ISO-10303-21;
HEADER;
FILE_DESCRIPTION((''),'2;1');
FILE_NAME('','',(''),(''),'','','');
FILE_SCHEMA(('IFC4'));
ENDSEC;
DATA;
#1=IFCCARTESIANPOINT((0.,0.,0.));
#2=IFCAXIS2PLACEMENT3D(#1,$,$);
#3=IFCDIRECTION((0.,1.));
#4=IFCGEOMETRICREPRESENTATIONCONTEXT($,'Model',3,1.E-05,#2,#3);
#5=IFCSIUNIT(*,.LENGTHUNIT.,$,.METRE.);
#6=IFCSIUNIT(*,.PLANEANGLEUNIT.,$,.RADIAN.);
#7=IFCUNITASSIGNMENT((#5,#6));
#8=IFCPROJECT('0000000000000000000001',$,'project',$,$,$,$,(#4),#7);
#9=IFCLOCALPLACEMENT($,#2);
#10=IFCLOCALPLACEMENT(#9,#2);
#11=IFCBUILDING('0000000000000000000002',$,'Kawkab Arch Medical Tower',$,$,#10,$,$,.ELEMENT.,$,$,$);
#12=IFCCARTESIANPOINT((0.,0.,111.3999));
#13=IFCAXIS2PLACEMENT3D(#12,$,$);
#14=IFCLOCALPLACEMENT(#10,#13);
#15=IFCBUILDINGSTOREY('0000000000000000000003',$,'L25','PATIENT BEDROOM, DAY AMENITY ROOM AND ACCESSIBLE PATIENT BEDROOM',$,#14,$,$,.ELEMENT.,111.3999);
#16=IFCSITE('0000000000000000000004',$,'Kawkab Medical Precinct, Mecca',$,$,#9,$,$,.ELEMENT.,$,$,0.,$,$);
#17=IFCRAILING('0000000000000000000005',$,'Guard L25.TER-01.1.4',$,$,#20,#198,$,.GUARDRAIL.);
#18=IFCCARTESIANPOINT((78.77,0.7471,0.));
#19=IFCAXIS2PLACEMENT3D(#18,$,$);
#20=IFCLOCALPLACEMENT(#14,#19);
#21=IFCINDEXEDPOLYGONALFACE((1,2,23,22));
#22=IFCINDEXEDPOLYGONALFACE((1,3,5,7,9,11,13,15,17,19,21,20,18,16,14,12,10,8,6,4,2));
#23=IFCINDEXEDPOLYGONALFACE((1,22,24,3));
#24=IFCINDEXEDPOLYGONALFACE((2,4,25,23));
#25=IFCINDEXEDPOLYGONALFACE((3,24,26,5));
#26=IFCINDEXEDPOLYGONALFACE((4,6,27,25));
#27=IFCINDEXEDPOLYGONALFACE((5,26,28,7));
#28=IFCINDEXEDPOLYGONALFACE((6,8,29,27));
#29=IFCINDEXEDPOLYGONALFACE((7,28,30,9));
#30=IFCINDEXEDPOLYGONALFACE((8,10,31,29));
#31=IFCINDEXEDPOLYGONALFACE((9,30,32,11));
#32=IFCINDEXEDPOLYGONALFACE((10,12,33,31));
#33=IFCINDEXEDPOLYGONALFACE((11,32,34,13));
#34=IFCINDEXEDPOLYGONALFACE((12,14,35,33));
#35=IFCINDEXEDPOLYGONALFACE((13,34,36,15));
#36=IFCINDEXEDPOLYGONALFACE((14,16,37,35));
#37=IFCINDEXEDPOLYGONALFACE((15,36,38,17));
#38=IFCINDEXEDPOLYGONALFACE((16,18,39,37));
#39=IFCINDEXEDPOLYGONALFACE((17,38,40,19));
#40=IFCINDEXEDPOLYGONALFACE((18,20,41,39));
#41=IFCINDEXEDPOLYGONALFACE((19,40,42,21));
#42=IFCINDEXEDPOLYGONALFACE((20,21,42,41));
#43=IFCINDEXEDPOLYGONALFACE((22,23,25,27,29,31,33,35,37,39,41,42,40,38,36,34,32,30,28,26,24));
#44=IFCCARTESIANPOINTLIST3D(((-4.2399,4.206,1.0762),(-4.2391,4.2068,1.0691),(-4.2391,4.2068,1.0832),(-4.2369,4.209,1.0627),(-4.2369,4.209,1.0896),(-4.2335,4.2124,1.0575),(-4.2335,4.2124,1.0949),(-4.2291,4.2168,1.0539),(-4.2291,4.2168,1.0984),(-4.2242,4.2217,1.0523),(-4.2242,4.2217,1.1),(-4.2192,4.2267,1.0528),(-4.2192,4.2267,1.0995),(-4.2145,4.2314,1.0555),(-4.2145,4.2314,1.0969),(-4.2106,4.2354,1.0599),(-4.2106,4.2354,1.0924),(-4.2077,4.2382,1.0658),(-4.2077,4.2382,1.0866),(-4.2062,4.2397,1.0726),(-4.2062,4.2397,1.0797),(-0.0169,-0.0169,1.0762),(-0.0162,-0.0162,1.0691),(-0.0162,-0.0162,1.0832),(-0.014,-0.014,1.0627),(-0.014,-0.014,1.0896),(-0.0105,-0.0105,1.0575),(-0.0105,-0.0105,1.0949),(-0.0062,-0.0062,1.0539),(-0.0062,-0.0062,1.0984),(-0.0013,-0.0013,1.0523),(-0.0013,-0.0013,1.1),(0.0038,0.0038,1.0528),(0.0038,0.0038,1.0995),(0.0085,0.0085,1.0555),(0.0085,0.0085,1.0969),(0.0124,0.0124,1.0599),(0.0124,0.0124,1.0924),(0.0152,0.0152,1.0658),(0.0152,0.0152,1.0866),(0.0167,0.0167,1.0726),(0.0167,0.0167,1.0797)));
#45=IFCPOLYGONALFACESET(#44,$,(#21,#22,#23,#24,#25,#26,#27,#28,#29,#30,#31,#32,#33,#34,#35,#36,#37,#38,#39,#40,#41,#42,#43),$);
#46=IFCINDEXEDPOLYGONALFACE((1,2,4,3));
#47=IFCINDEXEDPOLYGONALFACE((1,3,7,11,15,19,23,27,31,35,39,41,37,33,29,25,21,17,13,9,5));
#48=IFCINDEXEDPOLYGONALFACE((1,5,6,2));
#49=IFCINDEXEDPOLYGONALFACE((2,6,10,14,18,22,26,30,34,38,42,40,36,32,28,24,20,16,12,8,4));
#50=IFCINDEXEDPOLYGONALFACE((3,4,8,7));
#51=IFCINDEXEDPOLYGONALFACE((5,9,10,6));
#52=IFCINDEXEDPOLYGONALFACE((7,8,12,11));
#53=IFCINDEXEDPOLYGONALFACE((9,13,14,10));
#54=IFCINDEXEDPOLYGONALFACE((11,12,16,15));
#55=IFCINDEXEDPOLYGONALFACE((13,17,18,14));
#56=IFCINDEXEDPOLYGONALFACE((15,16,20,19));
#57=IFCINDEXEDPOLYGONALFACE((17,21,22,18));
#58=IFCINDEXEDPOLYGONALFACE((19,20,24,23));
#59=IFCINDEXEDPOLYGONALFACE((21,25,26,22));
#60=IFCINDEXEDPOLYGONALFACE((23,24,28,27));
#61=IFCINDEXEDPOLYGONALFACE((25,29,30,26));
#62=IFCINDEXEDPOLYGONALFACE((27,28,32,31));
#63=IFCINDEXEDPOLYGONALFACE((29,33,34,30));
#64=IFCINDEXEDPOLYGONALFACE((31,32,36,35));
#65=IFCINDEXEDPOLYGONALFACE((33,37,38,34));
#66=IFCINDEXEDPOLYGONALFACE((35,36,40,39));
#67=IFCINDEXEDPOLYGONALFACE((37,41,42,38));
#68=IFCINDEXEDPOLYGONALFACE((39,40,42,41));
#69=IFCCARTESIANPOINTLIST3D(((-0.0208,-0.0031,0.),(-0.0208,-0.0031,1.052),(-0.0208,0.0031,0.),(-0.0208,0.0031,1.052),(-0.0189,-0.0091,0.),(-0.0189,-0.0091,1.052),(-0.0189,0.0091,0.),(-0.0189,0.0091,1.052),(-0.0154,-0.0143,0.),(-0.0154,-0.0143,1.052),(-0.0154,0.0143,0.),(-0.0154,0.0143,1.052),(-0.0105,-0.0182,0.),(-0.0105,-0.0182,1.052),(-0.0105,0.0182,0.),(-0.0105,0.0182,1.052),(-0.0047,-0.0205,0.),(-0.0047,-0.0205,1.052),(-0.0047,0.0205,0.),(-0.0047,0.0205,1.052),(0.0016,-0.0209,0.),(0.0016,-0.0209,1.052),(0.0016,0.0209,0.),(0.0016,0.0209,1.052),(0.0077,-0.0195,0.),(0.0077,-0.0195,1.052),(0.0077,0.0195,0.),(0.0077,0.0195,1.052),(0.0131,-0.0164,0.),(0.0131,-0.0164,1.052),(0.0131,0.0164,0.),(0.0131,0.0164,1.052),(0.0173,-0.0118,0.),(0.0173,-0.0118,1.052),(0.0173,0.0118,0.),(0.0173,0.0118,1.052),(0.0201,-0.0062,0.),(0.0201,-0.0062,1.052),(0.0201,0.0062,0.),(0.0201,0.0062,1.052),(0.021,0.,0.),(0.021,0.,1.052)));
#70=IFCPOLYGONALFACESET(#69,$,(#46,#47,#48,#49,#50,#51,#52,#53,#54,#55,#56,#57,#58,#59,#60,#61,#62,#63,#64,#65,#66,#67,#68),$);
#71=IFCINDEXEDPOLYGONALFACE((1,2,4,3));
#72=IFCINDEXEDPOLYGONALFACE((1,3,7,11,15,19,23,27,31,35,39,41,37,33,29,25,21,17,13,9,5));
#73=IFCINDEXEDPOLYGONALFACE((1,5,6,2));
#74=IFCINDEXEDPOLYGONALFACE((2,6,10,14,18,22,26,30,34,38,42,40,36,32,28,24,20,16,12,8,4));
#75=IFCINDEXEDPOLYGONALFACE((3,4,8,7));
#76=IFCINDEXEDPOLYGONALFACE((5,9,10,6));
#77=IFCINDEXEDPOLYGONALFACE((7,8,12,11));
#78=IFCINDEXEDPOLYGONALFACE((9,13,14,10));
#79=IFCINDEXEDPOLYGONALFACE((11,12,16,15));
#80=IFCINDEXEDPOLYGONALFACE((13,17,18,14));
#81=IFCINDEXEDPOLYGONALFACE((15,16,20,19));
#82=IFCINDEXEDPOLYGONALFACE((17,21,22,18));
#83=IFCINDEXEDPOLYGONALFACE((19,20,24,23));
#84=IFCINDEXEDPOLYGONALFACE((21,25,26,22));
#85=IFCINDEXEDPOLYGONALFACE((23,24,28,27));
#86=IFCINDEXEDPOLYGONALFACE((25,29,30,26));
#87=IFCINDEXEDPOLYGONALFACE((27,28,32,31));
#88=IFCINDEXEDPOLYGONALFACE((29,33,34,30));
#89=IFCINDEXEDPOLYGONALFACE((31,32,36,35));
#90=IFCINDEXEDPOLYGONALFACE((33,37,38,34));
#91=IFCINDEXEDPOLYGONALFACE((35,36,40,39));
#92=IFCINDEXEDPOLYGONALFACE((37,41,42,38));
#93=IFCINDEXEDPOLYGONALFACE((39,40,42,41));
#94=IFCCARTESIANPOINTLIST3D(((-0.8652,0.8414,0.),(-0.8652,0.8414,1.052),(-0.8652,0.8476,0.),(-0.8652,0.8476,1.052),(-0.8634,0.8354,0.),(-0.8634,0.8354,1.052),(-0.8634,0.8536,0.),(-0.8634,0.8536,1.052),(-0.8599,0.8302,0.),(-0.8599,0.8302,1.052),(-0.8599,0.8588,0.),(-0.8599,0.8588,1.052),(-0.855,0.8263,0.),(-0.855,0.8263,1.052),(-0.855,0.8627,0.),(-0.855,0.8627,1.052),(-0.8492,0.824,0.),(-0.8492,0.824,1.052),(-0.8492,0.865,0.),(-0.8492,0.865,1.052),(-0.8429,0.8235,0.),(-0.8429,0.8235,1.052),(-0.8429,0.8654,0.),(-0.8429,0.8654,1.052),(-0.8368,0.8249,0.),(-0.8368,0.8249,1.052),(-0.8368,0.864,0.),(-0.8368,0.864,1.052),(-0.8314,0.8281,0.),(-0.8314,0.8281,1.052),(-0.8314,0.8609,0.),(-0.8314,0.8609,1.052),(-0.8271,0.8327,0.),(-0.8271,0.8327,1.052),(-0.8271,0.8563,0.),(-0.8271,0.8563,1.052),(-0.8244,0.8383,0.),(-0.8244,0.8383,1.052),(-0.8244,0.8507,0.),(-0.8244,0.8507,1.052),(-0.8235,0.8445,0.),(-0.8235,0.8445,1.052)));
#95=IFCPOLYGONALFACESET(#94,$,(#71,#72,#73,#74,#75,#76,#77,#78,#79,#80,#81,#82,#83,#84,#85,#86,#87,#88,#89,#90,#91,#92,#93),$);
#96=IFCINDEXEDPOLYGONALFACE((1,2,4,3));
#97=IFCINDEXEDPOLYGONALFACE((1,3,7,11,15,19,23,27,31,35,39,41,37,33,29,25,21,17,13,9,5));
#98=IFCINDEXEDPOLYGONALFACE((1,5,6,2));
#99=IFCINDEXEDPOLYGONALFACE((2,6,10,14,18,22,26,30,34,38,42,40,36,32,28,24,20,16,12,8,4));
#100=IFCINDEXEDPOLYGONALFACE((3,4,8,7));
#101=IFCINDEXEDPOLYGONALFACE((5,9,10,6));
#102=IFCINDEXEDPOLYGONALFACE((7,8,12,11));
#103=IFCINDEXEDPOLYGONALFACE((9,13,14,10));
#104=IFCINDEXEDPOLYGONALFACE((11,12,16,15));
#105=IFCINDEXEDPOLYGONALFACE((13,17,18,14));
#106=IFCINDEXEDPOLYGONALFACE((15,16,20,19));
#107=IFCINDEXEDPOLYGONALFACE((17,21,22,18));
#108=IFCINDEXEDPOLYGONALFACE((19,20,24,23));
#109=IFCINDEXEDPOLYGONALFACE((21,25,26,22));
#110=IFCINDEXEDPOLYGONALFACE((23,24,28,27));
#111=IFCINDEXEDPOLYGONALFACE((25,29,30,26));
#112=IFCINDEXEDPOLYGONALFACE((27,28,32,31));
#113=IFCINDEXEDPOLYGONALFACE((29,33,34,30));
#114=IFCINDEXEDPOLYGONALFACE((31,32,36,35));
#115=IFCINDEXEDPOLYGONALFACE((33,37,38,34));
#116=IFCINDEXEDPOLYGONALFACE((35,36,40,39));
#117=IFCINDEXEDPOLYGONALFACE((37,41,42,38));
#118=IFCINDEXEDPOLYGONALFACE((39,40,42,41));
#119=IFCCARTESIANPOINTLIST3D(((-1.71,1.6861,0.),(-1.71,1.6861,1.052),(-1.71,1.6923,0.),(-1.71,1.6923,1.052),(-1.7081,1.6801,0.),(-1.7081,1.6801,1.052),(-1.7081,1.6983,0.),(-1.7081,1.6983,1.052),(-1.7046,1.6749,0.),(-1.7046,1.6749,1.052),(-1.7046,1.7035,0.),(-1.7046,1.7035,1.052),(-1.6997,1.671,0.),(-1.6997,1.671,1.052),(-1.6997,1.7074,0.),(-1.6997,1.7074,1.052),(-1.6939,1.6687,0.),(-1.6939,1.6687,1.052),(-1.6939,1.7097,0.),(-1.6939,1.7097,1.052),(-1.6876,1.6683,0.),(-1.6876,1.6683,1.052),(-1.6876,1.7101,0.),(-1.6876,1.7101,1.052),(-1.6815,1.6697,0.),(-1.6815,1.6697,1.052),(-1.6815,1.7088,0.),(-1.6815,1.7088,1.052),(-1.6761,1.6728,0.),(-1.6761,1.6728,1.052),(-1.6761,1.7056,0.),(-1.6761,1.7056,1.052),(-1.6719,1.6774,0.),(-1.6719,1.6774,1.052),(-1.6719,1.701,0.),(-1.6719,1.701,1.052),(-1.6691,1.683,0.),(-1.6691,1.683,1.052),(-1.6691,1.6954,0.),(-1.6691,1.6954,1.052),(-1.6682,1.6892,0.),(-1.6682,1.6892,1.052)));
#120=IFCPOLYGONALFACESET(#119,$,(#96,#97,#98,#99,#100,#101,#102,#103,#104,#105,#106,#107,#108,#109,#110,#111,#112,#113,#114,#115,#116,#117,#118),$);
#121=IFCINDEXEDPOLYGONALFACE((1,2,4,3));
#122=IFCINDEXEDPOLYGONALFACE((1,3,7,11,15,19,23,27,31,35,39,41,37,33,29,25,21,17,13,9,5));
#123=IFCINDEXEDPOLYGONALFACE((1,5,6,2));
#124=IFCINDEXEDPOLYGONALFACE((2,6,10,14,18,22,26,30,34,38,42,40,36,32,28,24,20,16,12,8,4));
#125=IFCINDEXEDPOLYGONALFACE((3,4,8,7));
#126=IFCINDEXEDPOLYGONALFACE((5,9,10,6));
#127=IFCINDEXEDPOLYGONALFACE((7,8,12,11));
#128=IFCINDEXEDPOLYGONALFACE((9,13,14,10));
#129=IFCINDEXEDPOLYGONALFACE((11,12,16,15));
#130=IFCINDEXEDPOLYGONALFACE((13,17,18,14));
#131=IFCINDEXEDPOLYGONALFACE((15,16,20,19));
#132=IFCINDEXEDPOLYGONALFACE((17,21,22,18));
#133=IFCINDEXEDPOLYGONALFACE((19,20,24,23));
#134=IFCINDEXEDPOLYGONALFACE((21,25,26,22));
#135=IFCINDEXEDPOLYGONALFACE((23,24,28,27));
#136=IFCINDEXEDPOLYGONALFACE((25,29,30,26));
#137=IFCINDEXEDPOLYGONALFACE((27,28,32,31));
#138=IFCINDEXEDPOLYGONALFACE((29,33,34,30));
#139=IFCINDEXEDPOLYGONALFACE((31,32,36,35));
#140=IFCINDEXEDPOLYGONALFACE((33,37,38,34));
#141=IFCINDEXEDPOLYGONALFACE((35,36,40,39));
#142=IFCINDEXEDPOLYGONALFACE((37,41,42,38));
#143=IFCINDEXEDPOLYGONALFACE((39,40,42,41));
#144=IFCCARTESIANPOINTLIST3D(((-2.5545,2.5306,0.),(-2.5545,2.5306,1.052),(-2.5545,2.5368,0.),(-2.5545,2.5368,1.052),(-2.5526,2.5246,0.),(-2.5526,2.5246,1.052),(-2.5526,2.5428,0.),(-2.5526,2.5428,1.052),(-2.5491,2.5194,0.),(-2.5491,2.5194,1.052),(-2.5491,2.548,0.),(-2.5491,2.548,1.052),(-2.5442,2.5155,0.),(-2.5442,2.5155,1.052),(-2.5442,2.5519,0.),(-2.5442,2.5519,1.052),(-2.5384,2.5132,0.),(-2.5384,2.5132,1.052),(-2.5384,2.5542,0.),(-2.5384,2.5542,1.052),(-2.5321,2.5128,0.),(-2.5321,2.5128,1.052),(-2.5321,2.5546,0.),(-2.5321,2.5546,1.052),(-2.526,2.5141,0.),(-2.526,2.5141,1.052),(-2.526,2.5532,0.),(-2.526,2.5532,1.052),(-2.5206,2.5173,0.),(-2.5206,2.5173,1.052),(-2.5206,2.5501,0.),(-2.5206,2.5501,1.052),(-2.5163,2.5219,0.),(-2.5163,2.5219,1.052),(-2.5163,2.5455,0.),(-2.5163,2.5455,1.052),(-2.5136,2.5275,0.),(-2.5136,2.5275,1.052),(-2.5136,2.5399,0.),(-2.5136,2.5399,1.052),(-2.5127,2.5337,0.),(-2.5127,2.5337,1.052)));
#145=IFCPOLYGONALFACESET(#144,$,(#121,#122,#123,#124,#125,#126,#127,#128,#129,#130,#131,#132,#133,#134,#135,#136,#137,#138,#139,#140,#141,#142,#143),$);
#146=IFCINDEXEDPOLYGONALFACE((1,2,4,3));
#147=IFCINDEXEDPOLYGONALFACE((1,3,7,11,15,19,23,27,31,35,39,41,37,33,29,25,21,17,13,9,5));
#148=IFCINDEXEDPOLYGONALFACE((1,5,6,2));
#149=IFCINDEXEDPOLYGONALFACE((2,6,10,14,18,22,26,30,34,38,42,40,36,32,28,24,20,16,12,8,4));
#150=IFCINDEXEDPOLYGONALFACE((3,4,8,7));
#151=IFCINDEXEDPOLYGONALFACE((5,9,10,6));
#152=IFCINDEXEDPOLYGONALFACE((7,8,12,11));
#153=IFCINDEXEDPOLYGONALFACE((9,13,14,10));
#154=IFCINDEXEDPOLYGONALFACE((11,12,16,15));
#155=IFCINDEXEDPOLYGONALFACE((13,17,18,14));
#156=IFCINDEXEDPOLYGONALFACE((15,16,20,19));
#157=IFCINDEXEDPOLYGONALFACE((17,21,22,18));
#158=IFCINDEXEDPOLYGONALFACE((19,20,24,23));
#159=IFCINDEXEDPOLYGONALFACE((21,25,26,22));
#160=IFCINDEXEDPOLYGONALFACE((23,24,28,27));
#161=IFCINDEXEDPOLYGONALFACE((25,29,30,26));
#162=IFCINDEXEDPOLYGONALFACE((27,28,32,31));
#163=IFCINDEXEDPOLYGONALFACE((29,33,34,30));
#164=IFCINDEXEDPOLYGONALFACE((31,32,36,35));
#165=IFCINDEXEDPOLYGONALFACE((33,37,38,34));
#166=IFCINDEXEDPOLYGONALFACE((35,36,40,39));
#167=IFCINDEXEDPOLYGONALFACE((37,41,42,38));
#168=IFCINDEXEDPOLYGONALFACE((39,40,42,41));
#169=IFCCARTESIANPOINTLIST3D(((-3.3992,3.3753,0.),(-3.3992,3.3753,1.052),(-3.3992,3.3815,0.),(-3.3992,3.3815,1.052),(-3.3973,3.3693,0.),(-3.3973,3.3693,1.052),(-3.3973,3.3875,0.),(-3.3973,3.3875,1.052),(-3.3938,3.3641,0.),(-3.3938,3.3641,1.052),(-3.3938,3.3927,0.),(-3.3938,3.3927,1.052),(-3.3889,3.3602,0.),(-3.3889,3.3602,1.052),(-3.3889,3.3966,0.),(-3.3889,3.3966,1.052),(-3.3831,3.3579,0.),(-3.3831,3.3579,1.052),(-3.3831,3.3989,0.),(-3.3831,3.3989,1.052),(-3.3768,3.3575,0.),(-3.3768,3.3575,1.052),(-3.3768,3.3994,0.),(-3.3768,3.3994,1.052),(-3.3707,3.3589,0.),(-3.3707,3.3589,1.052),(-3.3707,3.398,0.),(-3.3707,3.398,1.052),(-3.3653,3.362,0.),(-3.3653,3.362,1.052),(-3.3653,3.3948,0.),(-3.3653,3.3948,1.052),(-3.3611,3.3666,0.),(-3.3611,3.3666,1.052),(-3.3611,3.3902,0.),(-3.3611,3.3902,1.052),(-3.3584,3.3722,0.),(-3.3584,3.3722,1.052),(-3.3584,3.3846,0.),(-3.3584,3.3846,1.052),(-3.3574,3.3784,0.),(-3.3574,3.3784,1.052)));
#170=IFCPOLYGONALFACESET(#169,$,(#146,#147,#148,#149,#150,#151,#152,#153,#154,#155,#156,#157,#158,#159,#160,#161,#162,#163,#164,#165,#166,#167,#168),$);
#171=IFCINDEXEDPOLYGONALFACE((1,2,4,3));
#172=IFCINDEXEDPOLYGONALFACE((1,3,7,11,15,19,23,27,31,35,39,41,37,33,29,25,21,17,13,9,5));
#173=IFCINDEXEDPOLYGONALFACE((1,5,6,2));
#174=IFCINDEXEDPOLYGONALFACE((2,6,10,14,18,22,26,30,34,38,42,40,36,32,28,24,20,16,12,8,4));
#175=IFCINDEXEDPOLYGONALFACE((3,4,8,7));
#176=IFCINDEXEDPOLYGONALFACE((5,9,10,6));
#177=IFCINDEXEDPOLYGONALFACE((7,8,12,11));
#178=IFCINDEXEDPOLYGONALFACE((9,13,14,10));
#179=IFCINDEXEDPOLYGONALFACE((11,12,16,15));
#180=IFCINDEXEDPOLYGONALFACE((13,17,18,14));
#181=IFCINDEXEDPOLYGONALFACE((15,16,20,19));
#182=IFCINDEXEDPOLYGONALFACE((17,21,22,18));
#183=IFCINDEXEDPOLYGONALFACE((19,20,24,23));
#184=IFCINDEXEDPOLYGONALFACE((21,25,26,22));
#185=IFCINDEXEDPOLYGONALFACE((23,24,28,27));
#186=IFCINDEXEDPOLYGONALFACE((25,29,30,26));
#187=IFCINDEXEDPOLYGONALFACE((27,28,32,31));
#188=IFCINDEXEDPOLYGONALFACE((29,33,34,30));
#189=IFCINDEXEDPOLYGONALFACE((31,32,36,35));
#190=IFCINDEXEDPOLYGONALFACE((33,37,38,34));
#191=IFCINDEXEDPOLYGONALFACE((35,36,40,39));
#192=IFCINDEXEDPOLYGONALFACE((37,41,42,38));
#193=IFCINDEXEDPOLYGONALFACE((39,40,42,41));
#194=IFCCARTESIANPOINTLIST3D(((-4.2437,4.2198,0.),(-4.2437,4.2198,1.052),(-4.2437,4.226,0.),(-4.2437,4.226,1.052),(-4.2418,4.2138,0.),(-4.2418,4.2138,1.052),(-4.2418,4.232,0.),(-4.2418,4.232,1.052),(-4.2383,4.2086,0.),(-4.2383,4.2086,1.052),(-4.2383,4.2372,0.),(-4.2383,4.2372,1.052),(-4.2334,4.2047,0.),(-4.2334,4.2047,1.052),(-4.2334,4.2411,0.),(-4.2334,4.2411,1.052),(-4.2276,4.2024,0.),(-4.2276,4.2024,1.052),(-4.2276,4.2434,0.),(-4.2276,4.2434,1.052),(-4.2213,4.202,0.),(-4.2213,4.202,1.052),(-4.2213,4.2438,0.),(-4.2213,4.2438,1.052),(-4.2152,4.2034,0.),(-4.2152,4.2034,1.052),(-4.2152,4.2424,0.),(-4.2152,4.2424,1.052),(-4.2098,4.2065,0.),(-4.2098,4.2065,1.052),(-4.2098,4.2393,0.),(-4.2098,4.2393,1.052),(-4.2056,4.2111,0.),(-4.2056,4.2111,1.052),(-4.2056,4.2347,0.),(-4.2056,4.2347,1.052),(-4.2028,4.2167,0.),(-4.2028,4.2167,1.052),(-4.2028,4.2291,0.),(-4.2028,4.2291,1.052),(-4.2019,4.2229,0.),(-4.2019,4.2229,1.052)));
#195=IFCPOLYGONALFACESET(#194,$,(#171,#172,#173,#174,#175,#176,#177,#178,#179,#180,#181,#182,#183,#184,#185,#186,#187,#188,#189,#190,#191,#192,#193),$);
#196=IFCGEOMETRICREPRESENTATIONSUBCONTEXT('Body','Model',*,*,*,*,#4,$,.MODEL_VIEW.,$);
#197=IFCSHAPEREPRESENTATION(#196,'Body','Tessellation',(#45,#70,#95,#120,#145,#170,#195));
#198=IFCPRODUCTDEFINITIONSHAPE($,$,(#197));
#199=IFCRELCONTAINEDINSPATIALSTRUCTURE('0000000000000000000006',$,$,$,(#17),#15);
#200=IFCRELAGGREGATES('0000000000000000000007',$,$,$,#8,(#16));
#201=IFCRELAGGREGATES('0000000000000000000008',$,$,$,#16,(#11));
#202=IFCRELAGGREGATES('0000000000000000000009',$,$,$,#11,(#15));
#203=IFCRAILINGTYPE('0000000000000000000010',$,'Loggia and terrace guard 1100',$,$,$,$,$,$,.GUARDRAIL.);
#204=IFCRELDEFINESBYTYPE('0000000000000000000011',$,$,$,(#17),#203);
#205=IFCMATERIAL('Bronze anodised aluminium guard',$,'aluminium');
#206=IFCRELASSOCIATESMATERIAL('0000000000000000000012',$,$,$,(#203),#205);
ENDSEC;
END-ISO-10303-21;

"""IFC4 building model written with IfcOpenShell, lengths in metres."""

from ifc_helpers import new_model, si_unit, direction, frame, origin, origin_2d, place, context, subcontext, project, spatial, circle, extrude, material, type_object, element, save


model = new_model("IFC4")

# Units and contexts
model_context = context("Model", 3, precision=1e-05, world=origin(), true_north=direction((0.0, 1.0)))
body_context = subcontext(model_context, "Body", "Model", "MODEL_VIEW")
ifc_project = project(units=[si_unit("LENGTHUNIT", "METRE"), si_unit("PLANEANGLEUNIT", "RADIAN")], contexts=[model_context])

# Site, building, storey
site_placement = place(None, origin())
site = spatial("IfcSite", under=ifc_project, at=site_placement, Name="Kawkab Medical Precinct, Mecca", CompositionType="ELEMENT", RefElevation=0.0)
building_placement = place(site_placement, origin())
building = spatial("IfcBuilding", under=site, at=building_placement, Name="Kawkab Arch Medical Tower", CompositionType="ELEMENT")
storey_placement = place(building_placement, frame((0.0, 0.0, 111.3999)))
storey = spatial("IfcBuildingStorey", under=building, at=storey_placement, Name="L25", Description="PATIENT BEDROOM, DAY AMENITY ROOM AND ACCESSIBLE PATIENT BEDROOM", CompositionType="ELEMENT", Elevation=111.3999)

# Railing
ifc_material_1 = material(Name="Bronze anodised aluminium guard", Category="aluminium")
railing_type_1 = type_object("IfcRailingType", Name="Loggia and terrace guard 1100", PredefinedType="GUARDRAIL", material=ifc_material_1)
railing_1_placement = place(storey_placement, frame((78.77, 0.7471, 0.0)))
element("IfcRailing", 1, at=railing_1_placement, inside=storey, type_object=railing_type_1, Name="Guard L25.TER-01.1.4", PredefinedType="GUARDRAIL", context=body_context, shape_type="SweptSolid", body=[
    extrude(circle(Radius=0.0239, at=origin_2d()), frame((0.0, 0.0, 1.0762), z_axis=(-0.707107, 0.707107, 0.0), x_axis=(-0.707107, -0.707107, 0.0)), (0.0, 0.0, 1.0), 5.9722),
    extrude(circle(Radius=0.021, at=origin_2d()), origin(), (0.0, 0.0, 1.0), 1.052),
    extrude(circle(Radius=0.021, at=origin_2d()), frame((-0.8445, 0.8445, 0.0)), (0.0, 0.0, 1.0), 1.052),
    extrude(circle(Radius=0.021, at=origin_2d()), frame((-1.6892, 1.6892, 0.0)), (0.0, 0.0, 1.0), 1.052),
    extrude(circle(Radius=0.021, at=origin_2d()), frame((-2.5337, 2.5337, 0.0)), (0.0, 0.0, 1.0), 1.052),
    extrude(circle(Radius=0.021, at=origin_2d()), frame((-3.3784, 3.3784, 0.0)), (0.0, 0.0, 1.0), 1.052),
    extrude(circle(Radius=0.021, at=origin_2d()), frame((-4.2229, 4.2229, 0.0)), (0.0, 0.0, 1.0), 1.052),
])

save(model, "model.ifc")
